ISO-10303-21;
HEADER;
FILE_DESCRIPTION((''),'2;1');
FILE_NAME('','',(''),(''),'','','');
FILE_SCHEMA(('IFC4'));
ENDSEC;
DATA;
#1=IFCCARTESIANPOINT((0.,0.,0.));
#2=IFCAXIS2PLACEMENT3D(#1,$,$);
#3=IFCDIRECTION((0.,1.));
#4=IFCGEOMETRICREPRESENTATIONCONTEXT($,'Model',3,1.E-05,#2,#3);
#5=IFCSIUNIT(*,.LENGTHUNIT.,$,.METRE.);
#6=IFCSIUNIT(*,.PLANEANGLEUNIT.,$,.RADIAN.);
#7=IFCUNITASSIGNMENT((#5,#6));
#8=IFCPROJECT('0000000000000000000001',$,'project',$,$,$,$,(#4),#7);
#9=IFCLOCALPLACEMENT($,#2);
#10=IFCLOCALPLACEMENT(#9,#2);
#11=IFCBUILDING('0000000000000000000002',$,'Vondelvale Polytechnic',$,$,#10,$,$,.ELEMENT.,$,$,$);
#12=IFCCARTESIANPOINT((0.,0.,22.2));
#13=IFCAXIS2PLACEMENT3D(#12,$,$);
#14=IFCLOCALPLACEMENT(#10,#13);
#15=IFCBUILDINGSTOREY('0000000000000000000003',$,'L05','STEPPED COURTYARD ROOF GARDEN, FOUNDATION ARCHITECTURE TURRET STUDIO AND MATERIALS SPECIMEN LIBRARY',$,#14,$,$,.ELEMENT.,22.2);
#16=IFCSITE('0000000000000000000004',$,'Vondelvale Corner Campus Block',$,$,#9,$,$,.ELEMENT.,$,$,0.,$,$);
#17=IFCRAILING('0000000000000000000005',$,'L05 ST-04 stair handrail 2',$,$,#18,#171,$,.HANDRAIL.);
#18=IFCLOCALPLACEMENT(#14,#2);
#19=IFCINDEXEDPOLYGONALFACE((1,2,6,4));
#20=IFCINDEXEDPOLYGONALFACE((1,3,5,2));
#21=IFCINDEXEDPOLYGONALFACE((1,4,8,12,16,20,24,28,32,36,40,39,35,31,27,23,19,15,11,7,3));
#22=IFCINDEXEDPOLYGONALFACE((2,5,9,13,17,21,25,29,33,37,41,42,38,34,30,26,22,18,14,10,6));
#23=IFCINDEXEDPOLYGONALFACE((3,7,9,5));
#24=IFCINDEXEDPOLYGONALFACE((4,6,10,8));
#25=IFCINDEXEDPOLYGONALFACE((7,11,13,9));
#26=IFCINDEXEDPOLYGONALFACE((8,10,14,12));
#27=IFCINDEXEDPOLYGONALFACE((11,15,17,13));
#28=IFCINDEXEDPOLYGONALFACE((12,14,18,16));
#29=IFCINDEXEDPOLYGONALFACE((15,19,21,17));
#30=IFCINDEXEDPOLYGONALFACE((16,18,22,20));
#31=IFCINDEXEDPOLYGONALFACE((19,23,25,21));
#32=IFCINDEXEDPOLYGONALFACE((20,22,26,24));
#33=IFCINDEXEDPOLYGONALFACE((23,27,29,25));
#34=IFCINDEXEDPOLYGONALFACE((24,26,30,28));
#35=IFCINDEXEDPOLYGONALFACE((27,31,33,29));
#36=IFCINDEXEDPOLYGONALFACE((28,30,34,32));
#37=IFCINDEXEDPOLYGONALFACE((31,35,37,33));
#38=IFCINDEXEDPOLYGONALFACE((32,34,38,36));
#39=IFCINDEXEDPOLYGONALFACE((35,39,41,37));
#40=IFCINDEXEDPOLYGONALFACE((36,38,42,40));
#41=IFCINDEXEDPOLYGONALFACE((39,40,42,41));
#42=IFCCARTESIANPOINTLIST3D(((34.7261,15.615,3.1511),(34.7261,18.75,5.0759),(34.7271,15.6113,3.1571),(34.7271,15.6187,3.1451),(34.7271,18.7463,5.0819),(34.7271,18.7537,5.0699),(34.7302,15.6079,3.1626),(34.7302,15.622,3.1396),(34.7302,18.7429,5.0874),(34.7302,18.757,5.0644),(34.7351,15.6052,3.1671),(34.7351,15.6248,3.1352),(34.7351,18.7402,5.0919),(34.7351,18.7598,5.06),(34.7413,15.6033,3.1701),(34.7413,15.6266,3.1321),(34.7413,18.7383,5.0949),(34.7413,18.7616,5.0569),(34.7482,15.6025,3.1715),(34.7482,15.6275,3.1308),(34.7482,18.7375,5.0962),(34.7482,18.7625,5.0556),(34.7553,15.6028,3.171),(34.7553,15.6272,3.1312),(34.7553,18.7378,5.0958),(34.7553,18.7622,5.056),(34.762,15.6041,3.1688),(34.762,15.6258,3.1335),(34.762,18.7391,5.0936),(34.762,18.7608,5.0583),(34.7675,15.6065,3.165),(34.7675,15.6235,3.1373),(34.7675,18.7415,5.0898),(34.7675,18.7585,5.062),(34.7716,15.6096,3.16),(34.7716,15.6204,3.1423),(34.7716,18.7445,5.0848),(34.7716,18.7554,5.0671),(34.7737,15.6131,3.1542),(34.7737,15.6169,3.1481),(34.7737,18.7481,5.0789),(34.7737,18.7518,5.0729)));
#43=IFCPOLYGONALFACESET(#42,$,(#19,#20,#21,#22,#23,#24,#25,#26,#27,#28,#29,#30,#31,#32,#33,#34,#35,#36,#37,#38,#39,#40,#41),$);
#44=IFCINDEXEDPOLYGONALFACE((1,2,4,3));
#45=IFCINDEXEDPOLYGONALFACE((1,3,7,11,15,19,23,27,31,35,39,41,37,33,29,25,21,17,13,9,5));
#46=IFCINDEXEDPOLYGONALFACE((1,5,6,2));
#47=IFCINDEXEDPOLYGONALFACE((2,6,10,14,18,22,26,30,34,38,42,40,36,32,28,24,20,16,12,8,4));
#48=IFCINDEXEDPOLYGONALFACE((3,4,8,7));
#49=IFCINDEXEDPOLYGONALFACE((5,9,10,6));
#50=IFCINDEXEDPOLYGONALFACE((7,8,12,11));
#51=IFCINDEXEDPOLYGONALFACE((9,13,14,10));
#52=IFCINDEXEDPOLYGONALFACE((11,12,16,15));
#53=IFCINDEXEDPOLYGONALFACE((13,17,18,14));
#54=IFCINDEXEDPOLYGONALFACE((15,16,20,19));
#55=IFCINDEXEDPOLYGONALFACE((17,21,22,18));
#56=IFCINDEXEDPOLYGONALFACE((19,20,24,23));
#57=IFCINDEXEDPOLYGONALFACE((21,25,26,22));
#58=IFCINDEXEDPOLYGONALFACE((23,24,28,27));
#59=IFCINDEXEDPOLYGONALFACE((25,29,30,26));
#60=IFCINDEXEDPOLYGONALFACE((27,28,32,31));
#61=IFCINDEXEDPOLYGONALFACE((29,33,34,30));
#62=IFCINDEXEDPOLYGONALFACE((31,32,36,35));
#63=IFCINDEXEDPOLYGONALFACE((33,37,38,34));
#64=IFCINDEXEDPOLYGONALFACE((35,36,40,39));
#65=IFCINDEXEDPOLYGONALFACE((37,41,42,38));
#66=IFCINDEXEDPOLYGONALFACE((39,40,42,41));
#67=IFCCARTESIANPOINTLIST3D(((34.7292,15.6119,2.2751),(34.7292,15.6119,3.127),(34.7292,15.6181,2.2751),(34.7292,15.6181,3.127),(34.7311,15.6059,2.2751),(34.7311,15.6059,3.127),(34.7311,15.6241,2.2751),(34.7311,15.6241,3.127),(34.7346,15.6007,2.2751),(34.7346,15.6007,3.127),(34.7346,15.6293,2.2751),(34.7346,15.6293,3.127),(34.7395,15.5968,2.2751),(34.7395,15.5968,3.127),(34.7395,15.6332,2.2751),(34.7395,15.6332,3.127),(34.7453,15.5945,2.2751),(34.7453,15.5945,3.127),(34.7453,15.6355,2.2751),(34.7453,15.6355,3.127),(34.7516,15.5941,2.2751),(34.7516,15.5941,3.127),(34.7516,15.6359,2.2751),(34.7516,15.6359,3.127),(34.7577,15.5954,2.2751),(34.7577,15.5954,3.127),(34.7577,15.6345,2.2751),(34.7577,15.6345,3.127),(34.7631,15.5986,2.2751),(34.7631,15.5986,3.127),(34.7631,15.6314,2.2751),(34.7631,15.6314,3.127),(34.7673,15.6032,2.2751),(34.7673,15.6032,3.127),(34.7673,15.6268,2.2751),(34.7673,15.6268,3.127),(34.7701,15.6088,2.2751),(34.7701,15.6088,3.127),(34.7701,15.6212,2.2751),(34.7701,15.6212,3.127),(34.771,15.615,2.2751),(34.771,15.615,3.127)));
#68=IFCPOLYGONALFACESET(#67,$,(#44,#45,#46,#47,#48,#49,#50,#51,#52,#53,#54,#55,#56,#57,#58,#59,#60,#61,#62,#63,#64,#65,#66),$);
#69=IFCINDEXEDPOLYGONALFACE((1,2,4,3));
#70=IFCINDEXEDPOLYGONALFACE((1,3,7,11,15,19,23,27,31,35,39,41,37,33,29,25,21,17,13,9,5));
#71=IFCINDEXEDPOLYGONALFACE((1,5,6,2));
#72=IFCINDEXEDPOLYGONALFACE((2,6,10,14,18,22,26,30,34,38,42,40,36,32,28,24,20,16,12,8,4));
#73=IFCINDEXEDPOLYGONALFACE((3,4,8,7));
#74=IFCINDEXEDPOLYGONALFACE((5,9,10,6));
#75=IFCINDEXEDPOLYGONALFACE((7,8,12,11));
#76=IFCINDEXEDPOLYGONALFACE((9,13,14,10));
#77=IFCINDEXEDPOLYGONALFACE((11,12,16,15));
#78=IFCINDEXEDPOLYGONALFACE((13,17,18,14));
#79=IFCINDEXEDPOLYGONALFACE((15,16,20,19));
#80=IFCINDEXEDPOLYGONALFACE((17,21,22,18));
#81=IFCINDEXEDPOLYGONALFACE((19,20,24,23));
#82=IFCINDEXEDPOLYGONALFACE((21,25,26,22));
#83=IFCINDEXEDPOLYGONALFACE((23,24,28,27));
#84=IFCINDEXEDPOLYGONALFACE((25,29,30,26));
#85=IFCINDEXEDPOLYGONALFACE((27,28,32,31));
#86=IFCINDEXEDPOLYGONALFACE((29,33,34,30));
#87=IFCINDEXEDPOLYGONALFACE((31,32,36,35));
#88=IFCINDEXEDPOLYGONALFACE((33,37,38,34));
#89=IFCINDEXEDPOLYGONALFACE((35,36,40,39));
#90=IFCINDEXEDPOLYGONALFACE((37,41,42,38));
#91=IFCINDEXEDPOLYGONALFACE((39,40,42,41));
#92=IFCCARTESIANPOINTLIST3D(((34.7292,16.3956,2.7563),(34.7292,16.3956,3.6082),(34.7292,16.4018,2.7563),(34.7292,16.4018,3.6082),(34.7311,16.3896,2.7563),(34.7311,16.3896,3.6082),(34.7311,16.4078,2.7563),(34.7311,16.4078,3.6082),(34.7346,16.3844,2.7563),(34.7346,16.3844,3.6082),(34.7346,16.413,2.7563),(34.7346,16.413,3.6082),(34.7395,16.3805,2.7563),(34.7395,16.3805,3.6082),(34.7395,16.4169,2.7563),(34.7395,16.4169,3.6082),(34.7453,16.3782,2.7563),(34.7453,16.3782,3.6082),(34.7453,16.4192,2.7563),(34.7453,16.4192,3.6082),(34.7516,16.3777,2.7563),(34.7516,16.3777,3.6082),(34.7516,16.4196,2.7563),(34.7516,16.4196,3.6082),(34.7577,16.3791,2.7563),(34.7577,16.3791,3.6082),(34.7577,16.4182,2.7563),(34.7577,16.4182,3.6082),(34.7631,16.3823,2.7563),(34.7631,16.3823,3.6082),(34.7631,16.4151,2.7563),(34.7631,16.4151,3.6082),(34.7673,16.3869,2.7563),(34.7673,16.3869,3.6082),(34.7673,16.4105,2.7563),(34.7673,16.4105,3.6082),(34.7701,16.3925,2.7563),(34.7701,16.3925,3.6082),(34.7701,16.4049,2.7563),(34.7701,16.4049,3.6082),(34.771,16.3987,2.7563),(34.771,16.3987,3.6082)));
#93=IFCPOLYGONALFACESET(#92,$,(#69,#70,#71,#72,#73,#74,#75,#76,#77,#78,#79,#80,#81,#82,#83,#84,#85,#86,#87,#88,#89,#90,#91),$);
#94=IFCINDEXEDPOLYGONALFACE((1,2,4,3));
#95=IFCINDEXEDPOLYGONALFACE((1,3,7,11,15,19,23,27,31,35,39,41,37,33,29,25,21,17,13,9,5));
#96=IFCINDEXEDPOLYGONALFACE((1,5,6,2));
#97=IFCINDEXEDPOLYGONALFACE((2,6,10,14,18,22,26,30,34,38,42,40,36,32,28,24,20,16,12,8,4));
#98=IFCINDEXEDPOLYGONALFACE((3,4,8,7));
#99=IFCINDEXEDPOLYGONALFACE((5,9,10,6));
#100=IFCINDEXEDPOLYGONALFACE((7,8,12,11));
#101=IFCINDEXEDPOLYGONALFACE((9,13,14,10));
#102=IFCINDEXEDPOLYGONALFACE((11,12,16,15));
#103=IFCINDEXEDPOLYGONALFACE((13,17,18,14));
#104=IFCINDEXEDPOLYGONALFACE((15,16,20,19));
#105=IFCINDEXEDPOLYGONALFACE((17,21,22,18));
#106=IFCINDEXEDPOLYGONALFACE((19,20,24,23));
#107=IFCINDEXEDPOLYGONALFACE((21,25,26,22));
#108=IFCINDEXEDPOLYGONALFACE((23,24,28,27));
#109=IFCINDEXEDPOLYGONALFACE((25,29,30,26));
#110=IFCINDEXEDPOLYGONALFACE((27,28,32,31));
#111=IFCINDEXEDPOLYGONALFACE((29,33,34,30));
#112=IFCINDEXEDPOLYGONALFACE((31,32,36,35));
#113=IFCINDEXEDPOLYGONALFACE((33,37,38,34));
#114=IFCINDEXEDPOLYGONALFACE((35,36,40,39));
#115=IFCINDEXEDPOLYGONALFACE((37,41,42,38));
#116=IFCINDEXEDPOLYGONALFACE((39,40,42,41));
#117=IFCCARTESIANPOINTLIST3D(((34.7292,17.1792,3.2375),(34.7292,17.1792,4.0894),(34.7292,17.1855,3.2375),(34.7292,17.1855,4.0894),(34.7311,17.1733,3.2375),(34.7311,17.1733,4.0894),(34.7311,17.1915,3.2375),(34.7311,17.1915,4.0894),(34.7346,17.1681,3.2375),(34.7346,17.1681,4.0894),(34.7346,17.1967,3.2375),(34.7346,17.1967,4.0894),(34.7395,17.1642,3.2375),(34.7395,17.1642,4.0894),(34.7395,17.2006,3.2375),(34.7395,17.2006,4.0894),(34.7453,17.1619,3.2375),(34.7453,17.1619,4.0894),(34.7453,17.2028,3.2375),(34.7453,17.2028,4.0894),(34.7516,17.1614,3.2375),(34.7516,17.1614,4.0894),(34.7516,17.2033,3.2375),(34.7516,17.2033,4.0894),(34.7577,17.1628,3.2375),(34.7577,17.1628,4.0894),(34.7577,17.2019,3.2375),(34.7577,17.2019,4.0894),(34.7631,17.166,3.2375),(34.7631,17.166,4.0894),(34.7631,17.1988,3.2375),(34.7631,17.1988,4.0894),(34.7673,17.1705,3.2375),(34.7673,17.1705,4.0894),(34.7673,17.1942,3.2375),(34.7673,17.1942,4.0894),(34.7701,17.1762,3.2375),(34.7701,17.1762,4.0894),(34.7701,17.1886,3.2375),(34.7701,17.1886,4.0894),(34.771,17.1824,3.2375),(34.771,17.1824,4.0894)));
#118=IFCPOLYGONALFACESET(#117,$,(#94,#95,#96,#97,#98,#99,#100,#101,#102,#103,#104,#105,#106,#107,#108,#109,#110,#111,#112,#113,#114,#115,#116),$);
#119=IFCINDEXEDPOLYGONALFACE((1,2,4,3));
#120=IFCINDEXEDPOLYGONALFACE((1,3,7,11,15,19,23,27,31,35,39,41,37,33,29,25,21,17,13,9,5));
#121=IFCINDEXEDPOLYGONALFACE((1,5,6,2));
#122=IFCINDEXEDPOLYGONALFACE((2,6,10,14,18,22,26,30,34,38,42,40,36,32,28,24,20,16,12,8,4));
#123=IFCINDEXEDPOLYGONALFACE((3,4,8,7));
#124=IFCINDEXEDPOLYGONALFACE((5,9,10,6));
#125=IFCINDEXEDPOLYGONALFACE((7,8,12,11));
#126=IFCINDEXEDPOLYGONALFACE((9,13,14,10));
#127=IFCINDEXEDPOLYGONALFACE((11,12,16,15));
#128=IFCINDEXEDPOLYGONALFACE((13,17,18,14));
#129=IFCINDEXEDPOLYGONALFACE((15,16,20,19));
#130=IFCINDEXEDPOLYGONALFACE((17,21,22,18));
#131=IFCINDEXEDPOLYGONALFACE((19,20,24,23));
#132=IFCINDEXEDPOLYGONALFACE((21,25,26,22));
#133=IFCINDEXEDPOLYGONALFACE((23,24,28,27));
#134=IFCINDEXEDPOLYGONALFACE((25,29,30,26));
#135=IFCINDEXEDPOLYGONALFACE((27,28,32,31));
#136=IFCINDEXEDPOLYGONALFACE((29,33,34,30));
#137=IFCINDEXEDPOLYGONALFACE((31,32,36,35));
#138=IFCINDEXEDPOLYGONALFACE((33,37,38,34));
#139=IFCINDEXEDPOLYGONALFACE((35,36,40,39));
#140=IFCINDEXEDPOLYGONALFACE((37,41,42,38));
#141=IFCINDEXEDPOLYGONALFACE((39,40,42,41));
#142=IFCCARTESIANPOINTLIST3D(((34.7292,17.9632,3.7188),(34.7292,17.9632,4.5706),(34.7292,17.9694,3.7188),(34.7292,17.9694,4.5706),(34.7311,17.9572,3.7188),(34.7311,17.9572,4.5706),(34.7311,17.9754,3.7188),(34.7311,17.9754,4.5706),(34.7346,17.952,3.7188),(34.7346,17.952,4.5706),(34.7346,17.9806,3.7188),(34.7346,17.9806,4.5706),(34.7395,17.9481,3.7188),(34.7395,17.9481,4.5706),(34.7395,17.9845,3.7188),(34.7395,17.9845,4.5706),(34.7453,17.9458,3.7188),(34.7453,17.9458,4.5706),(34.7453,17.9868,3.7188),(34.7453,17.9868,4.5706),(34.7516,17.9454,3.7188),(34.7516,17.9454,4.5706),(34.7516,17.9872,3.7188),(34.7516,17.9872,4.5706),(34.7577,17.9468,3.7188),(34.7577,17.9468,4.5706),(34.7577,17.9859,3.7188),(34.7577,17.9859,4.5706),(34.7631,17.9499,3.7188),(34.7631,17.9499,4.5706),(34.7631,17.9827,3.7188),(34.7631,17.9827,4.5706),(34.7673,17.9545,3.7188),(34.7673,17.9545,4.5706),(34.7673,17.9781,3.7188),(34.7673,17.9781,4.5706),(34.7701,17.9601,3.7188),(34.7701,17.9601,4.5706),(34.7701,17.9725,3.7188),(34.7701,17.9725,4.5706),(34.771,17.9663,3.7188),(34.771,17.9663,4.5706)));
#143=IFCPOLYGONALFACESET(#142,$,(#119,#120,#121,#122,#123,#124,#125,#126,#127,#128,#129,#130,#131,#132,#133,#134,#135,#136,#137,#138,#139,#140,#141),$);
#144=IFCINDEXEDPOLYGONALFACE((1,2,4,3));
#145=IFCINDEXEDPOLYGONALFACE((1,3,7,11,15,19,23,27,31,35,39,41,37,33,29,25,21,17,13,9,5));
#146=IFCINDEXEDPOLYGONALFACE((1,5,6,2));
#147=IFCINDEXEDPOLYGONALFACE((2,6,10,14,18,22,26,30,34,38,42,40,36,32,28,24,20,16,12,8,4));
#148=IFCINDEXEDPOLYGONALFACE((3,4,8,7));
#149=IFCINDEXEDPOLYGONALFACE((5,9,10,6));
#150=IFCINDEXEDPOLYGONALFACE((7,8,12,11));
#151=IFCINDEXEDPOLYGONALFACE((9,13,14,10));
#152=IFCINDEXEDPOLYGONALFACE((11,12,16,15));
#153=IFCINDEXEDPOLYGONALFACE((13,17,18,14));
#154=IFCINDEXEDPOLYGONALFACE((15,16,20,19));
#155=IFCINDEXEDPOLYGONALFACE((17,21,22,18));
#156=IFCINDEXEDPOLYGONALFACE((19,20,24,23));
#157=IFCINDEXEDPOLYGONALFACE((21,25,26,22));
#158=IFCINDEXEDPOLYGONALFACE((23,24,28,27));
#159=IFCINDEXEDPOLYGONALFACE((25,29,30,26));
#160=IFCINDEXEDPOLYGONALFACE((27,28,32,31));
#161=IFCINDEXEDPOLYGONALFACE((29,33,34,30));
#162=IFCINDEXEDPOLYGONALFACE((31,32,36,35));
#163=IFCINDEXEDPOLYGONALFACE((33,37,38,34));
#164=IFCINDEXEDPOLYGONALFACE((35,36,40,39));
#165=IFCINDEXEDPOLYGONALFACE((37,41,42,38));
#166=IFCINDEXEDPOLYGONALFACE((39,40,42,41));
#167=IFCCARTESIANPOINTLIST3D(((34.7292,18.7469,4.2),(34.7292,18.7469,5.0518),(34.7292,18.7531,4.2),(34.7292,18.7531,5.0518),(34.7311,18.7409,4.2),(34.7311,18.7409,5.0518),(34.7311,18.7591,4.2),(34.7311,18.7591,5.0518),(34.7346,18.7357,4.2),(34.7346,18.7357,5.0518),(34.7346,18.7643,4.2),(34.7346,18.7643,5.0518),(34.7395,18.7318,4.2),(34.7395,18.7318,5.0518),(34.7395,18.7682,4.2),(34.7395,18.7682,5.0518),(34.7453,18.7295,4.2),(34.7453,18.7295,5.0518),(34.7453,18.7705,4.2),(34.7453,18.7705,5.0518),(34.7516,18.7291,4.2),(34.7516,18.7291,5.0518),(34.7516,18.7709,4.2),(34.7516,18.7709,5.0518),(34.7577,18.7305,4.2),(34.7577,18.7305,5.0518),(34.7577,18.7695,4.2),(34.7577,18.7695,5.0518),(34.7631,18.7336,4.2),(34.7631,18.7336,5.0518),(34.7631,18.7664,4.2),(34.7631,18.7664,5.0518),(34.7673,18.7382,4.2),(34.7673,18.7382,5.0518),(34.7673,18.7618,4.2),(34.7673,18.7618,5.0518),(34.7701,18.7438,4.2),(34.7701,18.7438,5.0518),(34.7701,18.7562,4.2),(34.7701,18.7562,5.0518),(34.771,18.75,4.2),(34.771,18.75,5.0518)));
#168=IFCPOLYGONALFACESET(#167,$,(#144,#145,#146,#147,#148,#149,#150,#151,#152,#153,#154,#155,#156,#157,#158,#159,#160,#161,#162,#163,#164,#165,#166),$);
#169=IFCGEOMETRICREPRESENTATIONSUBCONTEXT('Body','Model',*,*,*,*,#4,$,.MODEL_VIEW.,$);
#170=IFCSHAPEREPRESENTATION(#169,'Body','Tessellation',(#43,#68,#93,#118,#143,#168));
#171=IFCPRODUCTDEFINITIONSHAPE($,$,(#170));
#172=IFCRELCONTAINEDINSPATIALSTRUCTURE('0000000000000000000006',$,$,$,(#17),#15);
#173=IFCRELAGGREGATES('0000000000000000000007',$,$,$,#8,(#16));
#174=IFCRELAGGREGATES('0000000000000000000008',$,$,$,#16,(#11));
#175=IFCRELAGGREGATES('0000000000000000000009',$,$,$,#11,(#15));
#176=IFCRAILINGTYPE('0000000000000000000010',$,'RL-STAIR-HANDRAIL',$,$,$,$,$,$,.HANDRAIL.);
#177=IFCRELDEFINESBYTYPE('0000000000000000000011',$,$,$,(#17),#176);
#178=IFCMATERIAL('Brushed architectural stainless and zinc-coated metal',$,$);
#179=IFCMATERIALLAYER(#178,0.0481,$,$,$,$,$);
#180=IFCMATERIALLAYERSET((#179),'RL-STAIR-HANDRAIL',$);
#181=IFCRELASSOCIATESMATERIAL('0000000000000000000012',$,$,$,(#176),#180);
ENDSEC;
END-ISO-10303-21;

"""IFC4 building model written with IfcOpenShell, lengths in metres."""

from ifc_helpers import new_model, si_unit, direction, frame, origin, origin_2d, place, context, subcontext, project, spatial, circle, extrude, material, layer, layer_set, type_object, element, save


model = new_model("IFC4")

# Units and contexts
model_context = context("Model", 3, precision=1e-05, world=origin(), true_north=direction((0.0, 1.0)))
body_context = subcontext(model_context, "Body", "Model", "MODEL_VIEW")
ifc_project = project(units=[si_unit("LENGTHUNIT", "METRE"), si_unit("PLANEANGLEUNIT", "RADIAN")], contexts=[model_context])

# Site, building, storey
site_placement = place(None, origin())
site = spatial("IfcSite", under=ifc_project, at=site_placement, Name="Vondelvale Corner Campus Block", CompositionType="ELEMENT", RefElevation=0.0)
building_placement = place(site_placement, origin())
building = spatial("IfcBuilding", under=site, at=building_placement, Name="Vondelvale Polytechnic", CompositionType="ELEMENT")
storey_placement = place(building_placement, frame((0.0, 0.0, 22.2)))
storey = spatial("IfcBuildingStorey", under=building, at=storey_placement, Name="L05", Description="STEPPED COURTYARD ROOF GARDEN, FOUNDATION ARCHITECTURE TURRET STUDIO AND MATERIALS SPECIMEN LIBRARY", CompositionType="ELEMENT", Elevation=22.2)

# Railing
ifc_material_1 = material(Name="Brushed architectural stainless and zinc-coated metal")
ifc_layer_1 = layer(ifc_material_1, 0.0481)
ifc_layer_set_1 = layer_set([ifc_layer_1], Name="RL-STAIR-HANDRAIL")
railing_type_1 = type_object("IfcRailingType", Name="RL-STAIR-HANDRAIL", PredefinedType="HANDRAIL", material=ifc_layer_set_1)
railing_1_placement = place(storey_placement, frame((34.75, 15.615, 2.2751)))
element("IfcRailing", 1, at=railing_1_placement, inside=storey, type_object=railing_type_1, Name="L05 ST-04 stair handrail 2", PredefinedType="HANDRAIL", context=body_context, shape_type="SweptSolid", body=[
    extrude(circle(Radius=0.0239, at=origin_2d()), frame((0.0, 0.0, 0.876), z_axis=(0.0, 0.852196, 0.523223), x_axis=(-1.0, 0.0, 0.0)), (0.0, 0.0, 1.0), 3.6787),
    extrude(circle(Radius=0.021, at=origin_2d()), origin(), (0.0, 0.0, 1.0), 0.8518),
    extrude(circle(Radius=0.021, at=origin_2d()), frame((0.0, 0.7837, 0.4812)), (0.0, 0.0, 1.0), 0.8518),
    extrude(circle(Radius=0.021, at=origin_2d()), frame((0.0, 1.5674, 0.9624)), (0.0, 0.0, 1.0), 0.8518),
    extrude(circle(Radius=0.021, at=origin_2d()), frame((0.0, 2.3513, 1.4436)), (0.0, 0.0, 1.0), 0.8518),
    extrude(circle(Radius=0.021, at=origin_2d()), frame((0.0, 3.135, 1.9248)), (0.0, 0.0, 1.0), 0.8518),
])

save(model, "model.ifc")
